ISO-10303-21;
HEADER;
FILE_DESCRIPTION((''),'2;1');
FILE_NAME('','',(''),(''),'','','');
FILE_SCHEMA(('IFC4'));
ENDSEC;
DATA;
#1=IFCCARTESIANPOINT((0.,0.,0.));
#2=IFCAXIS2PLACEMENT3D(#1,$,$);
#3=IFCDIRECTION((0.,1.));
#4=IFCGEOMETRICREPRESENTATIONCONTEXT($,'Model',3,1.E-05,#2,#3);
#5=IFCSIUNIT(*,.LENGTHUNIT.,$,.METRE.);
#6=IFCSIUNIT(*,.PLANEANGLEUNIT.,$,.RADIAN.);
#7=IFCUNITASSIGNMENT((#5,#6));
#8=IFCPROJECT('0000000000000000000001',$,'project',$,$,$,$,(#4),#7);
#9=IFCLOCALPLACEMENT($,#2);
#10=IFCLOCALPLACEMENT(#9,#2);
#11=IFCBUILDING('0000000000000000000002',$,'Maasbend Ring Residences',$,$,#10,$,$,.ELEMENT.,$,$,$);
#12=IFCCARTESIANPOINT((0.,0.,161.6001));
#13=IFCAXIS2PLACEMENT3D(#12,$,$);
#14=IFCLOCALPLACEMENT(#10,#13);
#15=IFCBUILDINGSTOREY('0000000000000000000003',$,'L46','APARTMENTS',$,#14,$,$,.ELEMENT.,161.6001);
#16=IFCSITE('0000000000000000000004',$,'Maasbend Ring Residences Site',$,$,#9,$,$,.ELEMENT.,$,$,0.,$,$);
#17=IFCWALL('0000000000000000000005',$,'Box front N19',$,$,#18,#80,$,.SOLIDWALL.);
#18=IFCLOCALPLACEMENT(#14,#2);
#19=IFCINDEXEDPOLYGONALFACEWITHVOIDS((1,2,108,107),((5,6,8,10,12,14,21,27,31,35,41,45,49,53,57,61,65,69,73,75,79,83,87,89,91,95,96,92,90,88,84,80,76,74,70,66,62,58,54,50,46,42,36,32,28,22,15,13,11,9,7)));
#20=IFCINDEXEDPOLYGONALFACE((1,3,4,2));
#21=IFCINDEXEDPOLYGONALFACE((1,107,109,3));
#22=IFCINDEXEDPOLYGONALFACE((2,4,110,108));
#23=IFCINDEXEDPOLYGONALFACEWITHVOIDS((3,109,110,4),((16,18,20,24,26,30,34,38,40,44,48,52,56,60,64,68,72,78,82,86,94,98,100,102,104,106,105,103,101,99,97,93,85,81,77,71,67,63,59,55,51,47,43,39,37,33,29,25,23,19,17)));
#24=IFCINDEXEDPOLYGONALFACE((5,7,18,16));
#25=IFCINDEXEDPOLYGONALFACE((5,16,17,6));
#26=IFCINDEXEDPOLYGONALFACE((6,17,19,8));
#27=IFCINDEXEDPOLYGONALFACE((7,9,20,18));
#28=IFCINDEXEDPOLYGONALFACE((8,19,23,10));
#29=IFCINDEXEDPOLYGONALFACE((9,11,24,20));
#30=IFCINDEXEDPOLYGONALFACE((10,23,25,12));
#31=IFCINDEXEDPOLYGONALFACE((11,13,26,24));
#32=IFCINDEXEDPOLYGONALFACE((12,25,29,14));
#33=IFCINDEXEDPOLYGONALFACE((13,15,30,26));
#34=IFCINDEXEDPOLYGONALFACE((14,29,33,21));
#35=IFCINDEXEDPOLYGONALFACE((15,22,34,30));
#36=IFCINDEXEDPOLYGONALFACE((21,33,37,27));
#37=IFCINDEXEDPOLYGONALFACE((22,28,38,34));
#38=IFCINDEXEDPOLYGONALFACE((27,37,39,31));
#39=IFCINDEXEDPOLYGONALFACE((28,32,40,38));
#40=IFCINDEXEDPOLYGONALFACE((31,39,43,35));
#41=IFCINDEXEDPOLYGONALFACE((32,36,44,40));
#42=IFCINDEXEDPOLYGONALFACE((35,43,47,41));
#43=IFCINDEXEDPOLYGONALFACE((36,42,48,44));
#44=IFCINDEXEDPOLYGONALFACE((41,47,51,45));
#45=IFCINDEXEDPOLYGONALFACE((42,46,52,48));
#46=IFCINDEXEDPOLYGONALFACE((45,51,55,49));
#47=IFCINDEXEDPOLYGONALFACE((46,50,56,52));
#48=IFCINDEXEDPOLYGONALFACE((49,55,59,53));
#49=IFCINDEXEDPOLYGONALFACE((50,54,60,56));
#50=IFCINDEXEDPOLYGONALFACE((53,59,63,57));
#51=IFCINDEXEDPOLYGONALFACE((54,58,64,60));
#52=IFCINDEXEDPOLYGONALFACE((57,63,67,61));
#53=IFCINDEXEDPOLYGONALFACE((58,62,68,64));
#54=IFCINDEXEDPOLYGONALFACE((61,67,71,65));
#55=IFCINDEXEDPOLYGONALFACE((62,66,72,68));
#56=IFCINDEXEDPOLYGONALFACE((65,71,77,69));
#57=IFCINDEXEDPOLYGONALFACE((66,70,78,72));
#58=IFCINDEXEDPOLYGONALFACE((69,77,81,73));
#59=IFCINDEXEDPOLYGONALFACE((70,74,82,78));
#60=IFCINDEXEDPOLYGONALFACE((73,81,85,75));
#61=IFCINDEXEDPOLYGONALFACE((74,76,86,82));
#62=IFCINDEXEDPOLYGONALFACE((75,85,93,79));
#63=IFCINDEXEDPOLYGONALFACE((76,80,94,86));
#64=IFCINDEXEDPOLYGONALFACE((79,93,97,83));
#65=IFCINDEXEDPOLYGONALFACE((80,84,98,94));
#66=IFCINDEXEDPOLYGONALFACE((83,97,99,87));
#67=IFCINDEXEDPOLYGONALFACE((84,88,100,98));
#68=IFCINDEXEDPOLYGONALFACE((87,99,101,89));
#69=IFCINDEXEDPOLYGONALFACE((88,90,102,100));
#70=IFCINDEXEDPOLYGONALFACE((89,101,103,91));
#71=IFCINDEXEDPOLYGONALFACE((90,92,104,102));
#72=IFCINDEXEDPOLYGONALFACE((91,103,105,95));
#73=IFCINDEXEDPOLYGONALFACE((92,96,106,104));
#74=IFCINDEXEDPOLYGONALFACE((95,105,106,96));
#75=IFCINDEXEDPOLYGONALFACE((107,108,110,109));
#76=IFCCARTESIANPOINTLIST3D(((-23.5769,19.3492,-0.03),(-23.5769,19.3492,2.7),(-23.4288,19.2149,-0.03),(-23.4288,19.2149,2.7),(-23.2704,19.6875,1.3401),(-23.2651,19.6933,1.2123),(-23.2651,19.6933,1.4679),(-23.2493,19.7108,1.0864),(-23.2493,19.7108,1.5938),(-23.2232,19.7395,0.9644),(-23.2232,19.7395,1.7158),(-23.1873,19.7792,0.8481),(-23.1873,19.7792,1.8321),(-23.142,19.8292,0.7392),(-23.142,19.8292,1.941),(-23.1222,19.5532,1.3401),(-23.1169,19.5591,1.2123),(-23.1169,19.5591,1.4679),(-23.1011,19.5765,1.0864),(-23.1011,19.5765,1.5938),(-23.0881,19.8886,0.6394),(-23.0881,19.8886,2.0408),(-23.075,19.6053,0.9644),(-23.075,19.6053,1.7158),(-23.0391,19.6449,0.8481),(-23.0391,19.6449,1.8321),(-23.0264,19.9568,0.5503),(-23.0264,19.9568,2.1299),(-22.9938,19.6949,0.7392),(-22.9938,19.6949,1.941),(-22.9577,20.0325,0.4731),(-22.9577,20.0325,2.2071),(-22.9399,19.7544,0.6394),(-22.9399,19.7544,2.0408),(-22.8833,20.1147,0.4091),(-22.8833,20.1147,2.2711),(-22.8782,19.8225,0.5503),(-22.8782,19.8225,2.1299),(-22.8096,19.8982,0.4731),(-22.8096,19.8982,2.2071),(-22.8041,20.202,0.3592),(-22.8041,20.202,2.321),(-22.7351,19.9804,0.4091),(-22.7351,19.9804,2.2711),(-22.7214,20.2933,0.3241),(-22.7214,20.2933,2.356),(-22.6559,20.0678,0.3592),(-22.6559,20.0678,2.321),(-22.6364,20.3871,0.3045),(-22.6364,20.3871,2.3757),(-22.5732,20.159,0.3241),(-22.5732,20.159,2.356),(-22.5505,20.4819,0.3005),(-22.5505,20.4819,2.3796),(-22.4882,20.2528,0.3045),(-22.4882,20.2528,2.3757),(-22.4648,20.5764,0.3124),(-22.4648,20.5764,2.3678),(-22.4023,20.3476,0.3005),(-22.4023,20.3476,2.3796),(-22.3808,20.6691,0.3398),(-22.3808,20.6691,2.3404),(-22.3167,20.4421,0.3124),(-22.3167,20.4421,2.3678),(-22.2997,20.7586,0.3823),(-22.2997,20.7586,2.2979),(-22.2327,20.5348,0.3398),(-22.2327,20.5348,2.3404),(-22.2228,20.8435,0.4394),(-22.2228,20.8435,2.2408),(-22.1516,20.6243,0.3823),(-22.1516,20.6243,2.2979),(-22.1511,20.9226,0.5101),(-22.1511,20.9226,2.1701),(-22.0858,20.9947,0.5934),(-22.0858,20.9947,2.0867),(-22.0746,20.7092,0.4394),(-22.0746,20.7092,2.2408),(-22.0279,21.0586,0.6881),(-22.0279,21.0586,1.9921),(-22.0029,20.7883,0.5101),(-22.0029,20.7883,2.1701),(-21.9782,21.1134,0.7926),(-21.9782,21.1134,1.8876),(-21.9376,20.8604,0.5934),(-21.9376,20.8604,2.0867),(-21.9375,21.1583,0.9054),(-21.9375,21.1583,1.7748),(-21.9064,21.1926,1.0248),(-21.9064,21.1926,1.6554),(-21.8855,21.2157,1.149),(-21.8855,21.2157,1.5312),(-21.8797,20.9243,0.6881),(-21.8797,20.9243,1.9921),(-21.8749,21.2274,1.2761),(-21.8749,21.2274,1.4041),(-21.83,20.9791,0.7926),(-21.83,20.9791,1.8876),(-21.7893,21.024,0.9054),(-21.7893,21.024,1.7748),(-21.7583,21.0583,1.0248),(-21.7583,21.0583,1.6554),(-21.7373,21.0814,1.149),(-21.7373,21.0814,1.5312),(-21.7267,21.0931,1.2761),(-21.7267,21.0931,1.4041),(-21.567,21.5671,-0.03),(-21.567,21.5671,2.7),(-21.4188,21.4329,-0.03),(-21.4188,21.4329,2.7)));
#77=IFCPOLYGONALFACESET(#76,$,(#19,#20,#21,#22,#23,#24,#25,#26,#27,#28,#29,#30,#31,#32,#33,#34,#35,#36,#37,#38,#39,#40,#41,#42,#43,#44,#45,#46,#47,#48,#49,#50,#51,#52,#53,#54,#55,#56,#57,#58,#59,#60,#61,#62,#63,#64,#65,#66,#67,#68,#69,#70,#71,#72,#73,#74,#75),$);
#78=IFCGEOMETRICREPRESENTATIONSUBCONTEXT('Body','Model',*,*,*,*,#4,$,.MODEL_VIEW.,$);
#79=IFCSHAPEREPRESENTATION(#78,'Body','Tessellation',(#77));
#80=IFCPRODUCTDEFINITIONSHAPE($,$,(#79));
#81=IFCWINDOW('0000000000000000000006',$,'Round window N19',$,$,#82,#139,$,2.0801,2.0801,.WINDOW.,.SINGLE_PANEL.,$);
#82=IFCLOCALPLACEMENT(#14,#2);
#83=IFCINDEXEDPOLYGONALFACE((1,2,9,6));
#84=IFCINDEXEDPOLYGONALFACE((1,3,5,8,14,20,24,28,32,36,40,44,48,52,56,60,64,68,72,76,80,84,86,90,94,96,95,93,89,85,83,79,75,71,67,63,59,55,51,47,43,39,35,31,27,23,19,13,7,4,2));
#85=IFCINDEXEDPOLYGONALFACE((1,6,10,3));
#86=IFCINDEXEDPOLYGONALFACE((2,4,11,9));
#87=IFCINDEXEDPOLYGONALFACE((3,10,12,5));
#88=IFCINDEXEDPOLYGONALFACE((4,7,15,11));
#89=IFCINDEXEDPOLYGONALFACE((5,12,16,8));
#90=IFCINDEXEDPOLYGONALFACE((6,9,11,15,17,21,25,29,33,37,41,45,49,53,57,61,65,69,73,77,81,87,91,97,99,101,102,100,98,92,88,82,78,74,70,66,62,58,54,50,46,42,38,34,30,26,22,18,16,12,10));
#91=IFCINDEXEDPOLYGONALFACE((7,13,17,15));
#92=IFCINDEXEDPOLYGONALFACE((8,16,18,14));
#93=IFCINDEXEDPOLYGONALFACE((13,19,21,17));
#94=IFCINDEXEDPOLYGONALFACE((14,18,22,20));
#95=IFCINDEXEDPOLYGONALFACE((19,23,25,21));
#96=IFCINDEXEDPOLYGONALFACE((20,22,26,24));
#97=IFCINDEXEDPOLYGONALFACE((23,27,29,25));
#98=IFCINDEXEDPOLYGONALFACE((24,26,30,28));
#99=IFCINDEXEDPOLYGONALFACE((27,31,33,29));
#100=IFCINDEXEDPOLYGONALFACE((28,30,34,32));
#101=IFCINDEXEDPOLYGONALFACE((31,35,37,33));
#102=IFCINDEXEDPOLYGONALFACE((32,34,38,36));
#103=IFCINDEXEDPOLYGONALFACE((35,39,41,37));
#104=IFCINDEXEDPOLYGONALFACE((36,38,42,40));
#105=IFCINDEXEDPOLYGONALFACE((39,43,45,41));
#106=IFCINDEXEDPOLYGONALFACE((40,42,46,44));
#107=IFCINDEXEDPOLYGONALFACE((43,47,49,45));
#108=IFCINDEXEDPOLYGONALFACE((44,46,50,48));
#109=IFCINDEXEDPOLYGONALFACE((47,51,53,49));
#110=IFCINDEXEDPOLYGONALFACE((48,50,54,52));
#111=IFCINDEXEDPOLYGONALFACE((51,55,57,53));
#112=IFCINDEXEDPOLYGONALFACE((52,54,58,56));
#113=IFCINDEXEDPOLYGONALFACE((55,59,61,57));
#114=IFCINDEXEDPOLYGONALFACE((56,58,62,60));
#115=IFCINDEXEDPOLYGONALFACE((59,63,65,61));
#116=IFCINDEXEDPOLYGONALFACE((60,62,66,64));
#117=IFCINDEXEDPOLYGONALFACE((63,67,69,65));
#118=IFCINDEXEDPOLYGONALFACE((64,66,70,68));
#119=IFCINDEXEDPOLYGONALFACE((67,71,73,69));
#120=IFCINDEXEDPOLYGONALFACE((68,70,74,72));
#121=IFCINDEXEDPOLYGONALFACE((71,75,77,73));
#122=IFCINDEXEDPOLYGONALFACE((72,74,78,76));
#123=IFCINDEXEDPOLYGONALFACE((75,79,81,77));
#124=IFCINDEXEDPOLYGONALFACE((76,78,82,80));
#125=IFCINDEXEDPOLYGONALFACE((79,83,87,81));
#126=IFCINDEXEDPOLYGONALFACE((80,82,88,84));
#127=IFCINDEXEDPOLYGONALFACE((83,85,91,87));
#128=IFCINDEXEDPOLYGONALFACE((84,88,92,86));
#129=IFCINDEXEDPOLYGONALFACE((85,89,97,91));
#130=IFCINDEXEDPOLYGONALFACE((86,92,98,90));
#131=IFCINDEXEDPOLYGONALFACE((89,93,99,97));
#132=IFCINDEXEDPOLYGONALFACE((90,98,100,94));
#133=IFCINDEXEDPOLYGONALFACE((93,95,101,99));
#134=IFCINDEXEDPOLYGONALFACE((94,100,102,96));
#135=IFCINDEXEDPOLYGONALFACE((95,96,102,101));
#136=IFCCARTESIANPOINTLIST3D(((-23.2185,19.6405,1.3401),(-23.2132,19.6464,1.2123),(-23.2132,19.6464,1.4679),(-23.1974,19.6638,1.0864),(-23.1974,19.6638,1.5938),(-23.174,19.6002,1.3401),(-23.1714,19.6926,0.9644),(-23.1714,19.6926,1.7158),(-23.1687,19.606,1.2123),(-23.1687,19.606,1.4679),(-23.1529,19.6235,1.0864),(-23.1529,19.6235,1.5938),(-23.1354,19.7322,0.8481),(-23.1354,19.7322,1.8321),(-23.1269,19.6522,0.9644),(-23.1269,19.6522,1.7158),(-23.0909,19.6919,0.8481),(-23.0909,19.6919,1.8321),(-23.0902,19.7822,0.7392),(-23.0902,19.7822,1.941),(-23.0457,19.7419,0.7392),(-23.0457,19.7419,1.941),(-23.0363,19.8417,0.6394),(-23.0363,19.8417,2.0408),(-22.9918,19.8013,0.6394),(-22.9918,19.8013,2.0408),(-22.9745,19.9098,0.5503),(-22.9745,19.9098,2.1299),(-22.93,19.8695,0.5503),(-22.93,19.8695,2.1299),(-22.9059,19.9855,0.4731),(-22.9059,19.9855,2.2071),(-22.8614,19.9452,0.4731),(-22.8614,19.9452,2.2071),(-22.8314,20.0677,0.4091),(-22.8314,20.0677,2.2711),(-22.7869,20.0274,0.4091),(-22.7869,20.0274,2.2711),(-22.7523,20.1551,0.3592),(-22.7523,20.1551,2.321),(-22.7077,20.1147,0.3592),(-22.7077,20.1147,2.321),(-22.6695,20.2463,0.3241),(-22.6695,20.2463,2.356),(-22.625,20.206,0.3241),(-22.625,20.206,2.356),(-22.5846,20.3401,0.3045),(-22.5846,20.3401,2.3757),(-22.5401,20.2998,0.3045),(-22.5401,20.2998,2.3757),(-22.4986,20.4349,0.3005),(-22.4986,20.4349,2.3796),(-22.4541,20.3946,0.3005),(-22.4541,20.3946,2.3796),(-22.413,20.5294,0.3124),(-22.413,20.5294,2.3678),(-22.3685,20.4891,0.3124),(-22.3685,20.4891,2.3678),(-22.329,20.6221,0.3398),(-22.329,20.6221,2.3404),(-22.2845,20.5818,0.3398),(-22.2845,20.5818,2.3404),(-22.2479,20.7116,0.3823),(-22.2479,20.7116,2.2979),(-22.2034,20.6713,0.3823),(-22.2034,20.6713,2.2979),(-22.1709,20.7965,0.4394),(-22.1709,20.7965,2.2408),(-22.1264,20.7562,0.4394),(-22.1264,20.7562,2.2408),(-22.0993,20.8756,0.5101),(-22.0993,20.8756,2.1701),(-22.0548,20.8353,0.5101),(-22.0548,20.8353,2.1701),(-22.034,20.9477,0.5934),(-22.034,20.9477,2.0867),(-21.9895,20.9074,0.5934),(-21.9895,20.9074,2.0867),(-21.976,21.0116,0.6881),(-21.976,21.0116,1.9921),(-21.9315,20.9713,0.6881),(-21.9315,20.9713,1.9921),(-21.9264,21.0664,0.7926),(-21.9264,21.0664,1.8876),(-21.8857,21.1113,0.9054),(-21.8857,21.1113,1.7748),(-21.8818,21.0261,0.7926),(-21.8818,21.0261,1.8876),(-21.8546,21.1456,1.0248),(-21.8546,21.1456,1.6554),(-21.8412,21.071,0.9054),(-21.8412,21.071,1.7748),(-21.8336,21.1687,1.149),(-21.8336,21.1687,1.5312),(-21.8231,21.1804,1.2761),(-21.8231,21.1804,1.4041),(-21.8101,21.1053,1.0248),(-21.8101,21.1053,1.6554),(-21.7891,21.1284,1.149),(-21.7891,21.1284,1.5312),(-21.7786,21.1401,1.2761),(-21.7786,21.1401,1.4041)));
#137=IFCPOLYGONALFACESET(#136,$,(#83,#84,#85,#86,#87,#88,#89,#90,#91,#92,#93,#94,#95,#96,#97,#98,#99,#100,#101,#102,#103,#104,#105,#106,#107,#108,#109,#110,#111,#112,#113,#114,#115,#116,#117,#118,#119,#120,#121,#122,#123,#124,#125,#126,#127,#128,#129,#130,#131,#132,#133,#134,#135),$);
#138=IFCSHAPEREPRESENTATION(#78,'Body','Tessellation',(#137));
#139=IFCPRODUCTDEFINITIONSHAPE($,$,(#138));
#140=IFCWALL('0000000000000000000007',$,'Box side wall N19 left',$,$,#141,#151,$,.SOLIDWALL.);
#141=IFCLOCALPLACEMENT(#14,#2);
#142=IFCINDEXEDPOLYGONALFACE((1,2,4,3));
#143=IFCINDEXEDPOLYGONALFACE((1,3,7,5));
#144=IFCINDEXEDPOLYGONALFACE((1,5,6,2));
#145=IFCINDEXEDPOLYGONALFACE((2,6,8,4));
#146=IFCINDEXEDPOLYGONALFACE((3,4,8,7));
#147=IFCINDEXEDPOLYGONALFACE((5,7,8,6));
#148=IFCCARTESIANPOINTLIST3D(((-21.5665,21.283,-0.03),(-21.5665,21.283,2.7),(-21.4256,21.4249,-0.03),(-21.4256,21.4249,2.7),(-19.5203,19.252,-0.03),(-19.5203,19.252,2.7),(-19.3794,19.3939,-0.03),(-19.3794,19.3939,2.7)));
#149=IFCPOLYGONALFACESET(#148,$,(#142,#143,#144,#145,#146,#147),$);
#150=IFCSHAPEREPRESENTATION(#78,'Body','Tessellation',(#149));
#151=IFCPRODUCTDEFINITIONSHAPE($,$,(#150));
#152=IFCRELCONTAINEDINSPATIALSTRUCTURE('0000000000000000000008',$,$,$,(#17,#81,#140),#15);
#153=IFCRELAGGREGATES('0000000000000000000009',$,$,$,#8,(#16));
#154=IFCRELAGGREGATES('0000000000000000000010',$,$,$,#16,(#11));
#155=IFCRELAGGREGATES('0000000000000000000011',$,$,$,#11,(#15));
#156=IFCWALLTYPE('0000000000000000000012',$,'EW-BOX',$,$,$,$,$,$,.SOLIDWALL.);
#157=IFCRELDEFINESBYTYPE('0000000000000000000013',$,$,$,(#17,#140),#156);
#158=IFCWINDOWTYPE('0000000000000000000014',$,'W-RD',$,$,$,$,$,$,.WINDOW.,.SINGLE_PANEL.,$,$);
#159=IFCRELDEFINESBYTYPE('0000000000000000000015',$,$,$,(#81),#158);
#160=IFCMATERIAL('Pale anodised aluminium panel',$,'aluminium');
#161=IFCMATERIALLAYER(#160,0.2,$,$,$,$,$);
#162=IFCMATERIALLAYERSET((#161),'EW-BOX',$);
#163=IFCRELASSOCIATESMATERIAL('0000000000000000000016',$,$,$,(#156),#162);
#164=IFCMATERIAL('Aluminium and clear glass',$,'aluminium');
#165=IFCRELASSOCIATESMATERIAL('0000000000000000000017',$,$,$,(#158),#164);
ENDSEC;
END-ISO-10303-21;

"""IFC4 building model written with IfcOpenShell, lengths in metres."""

from ifc_helpers import new_model, si_unit, direction, frame, frame_2d, origin, place, context, subcontext, project, spatial, rectangle, circle, extrude, material, layer, layer_set, type_object, element, fill, save


model = new_model("IFC4")

# Units and contexts
model_context = context("Model", 3, precision=1e-05, world=origin(), true_north=direction((0.0, 1.0)))
body_context = subcontext(model_context, "Body", "Model", "MODEL_VIEW")
ifc_project = project(units=[si_unit("LENGTHUNIT", "METRE"), si_unit("PLANEANGLEUNIT", "RADIAN")], contexts=[model_context])

# Site, building, storey
site_placement = place(None, origin())
site = spatial("IfcSite", under=ifc_project, at=site_placement, Name="Maasbend Ring Residences Site", CompositionType="ELEMENT", RefElevation=0.0)
building_placement = place(site_placement, origin())
building = spatial("IfcBuilding", under=site, at=building_placement, Name="Maasbend Ring Residences", CompositionType="ELEMENT")
storey_placement = place(building_placement, frame((0.0, 0.0, 161.6001)))
storey = spatial("IfcBuildingStorey", under=building, at=storey_placement, Name="L46", Description="APARTMENTS", CompositionType="ELEMENT", Elevation=161.6001)

# Shared definitions
ifc_material_1 = material(Name="Pale anodised aluminium panel", Category="aluminium")
ifc_layer_1 = layer(ifc_material_1, 0.2)
ifc_layer_set_1 = layer_set([ifc_layer_1], Name="EW-BOX")
wall_type_1 = type_object("IfcWallType", Name="EW-BOX", PredefinedType="SOLIDWALL", material=ifc_layer_set_1)

# Shared definitions
ifc_material_2 = material(Name="Aluminium and clear glass", Category="aluminium")
window_type_1 = type_object("IfcWindowType", Name="W-RD", PartitioningType="SINGLE_PANEL", PredefinedType="WINDOW", material=ifc_material_2)

# Wall, opening, window
wall_1_placement = place(storey_placement, frame((-21.4929, 21.5, -0.03), z_axis=(0.0, 0.0, 1.0), x_axis=(-0.671507, -0.740998, 0.0)))
wall_1 = element("IfcWall", 1, at=wall_1_placement, inside=storey, type_object=wall_type_1, Name="Box front N19", PredefinedType="SOLIDWALL", context=body_context, shape_type="SweptSolid", body=[
    extrude(rectangle(XDim=2.9932, YDim=0.2, at=frame_2d((1.4966, 0.0))), origin(), (0.0, 0.0, 1.0), 2.73),
])
opening_1_placement = place(wall_1_placement, frame((0.4565, 0.0, 0.3301)))
opening_1 = element("IfcOpeningElement", 2, at=opening_1_placement, cuts=wall_1, PredefinedType="OPENING", context=body_context, shape_type="SweptSolid", body=[
    extrude(circle(Radius=1.04, at=frame_2d((1.04, 1.04))), frame((0.0, 0.1099, 0.0), z_axis=(0.0, -1.0, 0.0), x_axis=(1.0, 0.0, 0.0)), (0.0, 0.0, 1.0), 0.22),
])
window_1_placement = place(opening_1_placement, origin())
window_1 = element("IfcWindow", 3, at=window_1_placement, inside=storey, type_object=window_type_1, Name="Round window N19", OverallHeight=2.0801, OverallWidth=2.0801, PartitioningType="SINGLE_PANEL", PredefinedType="WINDOW", context=body_context, shape_type="SweptSolid", body=[
    extrude(circle(Radius=1.04, at=frame_2d((1.04, 1.04))), frame((0.0, 0.03, 0.0), z_axis=(0.0, -1.0, 0.0), x_axis=(1.0, 0.0, 0.0)), (0.0, 0.0, 1.0), 0.0601),
])
fill(opening_1, window_1)

# Wall
wall_2_placement = place(storey_placement, frame((-19.45, 19.323, -0.03), z_axis=(0.0, 0.0, 1.0), x_axis=(-0.709727, 0.704477, 0.0)))
element("IfcWall", 4, at=wall_2_placement, inside=storey, type_object=wall_type_1, Name="Box side wall N19 left", PredefinedType="SOLIDWALL", context=body_context, shape_type="SweptSolid", body=[
    extrude(rectangle(XDim=2.8831, YDim=0.2, at=frame_2d((1.4414, 0.0))), origin(), (0.0, 0.0, 1.0), 2.73),
])

save(model, "model.ifc")
